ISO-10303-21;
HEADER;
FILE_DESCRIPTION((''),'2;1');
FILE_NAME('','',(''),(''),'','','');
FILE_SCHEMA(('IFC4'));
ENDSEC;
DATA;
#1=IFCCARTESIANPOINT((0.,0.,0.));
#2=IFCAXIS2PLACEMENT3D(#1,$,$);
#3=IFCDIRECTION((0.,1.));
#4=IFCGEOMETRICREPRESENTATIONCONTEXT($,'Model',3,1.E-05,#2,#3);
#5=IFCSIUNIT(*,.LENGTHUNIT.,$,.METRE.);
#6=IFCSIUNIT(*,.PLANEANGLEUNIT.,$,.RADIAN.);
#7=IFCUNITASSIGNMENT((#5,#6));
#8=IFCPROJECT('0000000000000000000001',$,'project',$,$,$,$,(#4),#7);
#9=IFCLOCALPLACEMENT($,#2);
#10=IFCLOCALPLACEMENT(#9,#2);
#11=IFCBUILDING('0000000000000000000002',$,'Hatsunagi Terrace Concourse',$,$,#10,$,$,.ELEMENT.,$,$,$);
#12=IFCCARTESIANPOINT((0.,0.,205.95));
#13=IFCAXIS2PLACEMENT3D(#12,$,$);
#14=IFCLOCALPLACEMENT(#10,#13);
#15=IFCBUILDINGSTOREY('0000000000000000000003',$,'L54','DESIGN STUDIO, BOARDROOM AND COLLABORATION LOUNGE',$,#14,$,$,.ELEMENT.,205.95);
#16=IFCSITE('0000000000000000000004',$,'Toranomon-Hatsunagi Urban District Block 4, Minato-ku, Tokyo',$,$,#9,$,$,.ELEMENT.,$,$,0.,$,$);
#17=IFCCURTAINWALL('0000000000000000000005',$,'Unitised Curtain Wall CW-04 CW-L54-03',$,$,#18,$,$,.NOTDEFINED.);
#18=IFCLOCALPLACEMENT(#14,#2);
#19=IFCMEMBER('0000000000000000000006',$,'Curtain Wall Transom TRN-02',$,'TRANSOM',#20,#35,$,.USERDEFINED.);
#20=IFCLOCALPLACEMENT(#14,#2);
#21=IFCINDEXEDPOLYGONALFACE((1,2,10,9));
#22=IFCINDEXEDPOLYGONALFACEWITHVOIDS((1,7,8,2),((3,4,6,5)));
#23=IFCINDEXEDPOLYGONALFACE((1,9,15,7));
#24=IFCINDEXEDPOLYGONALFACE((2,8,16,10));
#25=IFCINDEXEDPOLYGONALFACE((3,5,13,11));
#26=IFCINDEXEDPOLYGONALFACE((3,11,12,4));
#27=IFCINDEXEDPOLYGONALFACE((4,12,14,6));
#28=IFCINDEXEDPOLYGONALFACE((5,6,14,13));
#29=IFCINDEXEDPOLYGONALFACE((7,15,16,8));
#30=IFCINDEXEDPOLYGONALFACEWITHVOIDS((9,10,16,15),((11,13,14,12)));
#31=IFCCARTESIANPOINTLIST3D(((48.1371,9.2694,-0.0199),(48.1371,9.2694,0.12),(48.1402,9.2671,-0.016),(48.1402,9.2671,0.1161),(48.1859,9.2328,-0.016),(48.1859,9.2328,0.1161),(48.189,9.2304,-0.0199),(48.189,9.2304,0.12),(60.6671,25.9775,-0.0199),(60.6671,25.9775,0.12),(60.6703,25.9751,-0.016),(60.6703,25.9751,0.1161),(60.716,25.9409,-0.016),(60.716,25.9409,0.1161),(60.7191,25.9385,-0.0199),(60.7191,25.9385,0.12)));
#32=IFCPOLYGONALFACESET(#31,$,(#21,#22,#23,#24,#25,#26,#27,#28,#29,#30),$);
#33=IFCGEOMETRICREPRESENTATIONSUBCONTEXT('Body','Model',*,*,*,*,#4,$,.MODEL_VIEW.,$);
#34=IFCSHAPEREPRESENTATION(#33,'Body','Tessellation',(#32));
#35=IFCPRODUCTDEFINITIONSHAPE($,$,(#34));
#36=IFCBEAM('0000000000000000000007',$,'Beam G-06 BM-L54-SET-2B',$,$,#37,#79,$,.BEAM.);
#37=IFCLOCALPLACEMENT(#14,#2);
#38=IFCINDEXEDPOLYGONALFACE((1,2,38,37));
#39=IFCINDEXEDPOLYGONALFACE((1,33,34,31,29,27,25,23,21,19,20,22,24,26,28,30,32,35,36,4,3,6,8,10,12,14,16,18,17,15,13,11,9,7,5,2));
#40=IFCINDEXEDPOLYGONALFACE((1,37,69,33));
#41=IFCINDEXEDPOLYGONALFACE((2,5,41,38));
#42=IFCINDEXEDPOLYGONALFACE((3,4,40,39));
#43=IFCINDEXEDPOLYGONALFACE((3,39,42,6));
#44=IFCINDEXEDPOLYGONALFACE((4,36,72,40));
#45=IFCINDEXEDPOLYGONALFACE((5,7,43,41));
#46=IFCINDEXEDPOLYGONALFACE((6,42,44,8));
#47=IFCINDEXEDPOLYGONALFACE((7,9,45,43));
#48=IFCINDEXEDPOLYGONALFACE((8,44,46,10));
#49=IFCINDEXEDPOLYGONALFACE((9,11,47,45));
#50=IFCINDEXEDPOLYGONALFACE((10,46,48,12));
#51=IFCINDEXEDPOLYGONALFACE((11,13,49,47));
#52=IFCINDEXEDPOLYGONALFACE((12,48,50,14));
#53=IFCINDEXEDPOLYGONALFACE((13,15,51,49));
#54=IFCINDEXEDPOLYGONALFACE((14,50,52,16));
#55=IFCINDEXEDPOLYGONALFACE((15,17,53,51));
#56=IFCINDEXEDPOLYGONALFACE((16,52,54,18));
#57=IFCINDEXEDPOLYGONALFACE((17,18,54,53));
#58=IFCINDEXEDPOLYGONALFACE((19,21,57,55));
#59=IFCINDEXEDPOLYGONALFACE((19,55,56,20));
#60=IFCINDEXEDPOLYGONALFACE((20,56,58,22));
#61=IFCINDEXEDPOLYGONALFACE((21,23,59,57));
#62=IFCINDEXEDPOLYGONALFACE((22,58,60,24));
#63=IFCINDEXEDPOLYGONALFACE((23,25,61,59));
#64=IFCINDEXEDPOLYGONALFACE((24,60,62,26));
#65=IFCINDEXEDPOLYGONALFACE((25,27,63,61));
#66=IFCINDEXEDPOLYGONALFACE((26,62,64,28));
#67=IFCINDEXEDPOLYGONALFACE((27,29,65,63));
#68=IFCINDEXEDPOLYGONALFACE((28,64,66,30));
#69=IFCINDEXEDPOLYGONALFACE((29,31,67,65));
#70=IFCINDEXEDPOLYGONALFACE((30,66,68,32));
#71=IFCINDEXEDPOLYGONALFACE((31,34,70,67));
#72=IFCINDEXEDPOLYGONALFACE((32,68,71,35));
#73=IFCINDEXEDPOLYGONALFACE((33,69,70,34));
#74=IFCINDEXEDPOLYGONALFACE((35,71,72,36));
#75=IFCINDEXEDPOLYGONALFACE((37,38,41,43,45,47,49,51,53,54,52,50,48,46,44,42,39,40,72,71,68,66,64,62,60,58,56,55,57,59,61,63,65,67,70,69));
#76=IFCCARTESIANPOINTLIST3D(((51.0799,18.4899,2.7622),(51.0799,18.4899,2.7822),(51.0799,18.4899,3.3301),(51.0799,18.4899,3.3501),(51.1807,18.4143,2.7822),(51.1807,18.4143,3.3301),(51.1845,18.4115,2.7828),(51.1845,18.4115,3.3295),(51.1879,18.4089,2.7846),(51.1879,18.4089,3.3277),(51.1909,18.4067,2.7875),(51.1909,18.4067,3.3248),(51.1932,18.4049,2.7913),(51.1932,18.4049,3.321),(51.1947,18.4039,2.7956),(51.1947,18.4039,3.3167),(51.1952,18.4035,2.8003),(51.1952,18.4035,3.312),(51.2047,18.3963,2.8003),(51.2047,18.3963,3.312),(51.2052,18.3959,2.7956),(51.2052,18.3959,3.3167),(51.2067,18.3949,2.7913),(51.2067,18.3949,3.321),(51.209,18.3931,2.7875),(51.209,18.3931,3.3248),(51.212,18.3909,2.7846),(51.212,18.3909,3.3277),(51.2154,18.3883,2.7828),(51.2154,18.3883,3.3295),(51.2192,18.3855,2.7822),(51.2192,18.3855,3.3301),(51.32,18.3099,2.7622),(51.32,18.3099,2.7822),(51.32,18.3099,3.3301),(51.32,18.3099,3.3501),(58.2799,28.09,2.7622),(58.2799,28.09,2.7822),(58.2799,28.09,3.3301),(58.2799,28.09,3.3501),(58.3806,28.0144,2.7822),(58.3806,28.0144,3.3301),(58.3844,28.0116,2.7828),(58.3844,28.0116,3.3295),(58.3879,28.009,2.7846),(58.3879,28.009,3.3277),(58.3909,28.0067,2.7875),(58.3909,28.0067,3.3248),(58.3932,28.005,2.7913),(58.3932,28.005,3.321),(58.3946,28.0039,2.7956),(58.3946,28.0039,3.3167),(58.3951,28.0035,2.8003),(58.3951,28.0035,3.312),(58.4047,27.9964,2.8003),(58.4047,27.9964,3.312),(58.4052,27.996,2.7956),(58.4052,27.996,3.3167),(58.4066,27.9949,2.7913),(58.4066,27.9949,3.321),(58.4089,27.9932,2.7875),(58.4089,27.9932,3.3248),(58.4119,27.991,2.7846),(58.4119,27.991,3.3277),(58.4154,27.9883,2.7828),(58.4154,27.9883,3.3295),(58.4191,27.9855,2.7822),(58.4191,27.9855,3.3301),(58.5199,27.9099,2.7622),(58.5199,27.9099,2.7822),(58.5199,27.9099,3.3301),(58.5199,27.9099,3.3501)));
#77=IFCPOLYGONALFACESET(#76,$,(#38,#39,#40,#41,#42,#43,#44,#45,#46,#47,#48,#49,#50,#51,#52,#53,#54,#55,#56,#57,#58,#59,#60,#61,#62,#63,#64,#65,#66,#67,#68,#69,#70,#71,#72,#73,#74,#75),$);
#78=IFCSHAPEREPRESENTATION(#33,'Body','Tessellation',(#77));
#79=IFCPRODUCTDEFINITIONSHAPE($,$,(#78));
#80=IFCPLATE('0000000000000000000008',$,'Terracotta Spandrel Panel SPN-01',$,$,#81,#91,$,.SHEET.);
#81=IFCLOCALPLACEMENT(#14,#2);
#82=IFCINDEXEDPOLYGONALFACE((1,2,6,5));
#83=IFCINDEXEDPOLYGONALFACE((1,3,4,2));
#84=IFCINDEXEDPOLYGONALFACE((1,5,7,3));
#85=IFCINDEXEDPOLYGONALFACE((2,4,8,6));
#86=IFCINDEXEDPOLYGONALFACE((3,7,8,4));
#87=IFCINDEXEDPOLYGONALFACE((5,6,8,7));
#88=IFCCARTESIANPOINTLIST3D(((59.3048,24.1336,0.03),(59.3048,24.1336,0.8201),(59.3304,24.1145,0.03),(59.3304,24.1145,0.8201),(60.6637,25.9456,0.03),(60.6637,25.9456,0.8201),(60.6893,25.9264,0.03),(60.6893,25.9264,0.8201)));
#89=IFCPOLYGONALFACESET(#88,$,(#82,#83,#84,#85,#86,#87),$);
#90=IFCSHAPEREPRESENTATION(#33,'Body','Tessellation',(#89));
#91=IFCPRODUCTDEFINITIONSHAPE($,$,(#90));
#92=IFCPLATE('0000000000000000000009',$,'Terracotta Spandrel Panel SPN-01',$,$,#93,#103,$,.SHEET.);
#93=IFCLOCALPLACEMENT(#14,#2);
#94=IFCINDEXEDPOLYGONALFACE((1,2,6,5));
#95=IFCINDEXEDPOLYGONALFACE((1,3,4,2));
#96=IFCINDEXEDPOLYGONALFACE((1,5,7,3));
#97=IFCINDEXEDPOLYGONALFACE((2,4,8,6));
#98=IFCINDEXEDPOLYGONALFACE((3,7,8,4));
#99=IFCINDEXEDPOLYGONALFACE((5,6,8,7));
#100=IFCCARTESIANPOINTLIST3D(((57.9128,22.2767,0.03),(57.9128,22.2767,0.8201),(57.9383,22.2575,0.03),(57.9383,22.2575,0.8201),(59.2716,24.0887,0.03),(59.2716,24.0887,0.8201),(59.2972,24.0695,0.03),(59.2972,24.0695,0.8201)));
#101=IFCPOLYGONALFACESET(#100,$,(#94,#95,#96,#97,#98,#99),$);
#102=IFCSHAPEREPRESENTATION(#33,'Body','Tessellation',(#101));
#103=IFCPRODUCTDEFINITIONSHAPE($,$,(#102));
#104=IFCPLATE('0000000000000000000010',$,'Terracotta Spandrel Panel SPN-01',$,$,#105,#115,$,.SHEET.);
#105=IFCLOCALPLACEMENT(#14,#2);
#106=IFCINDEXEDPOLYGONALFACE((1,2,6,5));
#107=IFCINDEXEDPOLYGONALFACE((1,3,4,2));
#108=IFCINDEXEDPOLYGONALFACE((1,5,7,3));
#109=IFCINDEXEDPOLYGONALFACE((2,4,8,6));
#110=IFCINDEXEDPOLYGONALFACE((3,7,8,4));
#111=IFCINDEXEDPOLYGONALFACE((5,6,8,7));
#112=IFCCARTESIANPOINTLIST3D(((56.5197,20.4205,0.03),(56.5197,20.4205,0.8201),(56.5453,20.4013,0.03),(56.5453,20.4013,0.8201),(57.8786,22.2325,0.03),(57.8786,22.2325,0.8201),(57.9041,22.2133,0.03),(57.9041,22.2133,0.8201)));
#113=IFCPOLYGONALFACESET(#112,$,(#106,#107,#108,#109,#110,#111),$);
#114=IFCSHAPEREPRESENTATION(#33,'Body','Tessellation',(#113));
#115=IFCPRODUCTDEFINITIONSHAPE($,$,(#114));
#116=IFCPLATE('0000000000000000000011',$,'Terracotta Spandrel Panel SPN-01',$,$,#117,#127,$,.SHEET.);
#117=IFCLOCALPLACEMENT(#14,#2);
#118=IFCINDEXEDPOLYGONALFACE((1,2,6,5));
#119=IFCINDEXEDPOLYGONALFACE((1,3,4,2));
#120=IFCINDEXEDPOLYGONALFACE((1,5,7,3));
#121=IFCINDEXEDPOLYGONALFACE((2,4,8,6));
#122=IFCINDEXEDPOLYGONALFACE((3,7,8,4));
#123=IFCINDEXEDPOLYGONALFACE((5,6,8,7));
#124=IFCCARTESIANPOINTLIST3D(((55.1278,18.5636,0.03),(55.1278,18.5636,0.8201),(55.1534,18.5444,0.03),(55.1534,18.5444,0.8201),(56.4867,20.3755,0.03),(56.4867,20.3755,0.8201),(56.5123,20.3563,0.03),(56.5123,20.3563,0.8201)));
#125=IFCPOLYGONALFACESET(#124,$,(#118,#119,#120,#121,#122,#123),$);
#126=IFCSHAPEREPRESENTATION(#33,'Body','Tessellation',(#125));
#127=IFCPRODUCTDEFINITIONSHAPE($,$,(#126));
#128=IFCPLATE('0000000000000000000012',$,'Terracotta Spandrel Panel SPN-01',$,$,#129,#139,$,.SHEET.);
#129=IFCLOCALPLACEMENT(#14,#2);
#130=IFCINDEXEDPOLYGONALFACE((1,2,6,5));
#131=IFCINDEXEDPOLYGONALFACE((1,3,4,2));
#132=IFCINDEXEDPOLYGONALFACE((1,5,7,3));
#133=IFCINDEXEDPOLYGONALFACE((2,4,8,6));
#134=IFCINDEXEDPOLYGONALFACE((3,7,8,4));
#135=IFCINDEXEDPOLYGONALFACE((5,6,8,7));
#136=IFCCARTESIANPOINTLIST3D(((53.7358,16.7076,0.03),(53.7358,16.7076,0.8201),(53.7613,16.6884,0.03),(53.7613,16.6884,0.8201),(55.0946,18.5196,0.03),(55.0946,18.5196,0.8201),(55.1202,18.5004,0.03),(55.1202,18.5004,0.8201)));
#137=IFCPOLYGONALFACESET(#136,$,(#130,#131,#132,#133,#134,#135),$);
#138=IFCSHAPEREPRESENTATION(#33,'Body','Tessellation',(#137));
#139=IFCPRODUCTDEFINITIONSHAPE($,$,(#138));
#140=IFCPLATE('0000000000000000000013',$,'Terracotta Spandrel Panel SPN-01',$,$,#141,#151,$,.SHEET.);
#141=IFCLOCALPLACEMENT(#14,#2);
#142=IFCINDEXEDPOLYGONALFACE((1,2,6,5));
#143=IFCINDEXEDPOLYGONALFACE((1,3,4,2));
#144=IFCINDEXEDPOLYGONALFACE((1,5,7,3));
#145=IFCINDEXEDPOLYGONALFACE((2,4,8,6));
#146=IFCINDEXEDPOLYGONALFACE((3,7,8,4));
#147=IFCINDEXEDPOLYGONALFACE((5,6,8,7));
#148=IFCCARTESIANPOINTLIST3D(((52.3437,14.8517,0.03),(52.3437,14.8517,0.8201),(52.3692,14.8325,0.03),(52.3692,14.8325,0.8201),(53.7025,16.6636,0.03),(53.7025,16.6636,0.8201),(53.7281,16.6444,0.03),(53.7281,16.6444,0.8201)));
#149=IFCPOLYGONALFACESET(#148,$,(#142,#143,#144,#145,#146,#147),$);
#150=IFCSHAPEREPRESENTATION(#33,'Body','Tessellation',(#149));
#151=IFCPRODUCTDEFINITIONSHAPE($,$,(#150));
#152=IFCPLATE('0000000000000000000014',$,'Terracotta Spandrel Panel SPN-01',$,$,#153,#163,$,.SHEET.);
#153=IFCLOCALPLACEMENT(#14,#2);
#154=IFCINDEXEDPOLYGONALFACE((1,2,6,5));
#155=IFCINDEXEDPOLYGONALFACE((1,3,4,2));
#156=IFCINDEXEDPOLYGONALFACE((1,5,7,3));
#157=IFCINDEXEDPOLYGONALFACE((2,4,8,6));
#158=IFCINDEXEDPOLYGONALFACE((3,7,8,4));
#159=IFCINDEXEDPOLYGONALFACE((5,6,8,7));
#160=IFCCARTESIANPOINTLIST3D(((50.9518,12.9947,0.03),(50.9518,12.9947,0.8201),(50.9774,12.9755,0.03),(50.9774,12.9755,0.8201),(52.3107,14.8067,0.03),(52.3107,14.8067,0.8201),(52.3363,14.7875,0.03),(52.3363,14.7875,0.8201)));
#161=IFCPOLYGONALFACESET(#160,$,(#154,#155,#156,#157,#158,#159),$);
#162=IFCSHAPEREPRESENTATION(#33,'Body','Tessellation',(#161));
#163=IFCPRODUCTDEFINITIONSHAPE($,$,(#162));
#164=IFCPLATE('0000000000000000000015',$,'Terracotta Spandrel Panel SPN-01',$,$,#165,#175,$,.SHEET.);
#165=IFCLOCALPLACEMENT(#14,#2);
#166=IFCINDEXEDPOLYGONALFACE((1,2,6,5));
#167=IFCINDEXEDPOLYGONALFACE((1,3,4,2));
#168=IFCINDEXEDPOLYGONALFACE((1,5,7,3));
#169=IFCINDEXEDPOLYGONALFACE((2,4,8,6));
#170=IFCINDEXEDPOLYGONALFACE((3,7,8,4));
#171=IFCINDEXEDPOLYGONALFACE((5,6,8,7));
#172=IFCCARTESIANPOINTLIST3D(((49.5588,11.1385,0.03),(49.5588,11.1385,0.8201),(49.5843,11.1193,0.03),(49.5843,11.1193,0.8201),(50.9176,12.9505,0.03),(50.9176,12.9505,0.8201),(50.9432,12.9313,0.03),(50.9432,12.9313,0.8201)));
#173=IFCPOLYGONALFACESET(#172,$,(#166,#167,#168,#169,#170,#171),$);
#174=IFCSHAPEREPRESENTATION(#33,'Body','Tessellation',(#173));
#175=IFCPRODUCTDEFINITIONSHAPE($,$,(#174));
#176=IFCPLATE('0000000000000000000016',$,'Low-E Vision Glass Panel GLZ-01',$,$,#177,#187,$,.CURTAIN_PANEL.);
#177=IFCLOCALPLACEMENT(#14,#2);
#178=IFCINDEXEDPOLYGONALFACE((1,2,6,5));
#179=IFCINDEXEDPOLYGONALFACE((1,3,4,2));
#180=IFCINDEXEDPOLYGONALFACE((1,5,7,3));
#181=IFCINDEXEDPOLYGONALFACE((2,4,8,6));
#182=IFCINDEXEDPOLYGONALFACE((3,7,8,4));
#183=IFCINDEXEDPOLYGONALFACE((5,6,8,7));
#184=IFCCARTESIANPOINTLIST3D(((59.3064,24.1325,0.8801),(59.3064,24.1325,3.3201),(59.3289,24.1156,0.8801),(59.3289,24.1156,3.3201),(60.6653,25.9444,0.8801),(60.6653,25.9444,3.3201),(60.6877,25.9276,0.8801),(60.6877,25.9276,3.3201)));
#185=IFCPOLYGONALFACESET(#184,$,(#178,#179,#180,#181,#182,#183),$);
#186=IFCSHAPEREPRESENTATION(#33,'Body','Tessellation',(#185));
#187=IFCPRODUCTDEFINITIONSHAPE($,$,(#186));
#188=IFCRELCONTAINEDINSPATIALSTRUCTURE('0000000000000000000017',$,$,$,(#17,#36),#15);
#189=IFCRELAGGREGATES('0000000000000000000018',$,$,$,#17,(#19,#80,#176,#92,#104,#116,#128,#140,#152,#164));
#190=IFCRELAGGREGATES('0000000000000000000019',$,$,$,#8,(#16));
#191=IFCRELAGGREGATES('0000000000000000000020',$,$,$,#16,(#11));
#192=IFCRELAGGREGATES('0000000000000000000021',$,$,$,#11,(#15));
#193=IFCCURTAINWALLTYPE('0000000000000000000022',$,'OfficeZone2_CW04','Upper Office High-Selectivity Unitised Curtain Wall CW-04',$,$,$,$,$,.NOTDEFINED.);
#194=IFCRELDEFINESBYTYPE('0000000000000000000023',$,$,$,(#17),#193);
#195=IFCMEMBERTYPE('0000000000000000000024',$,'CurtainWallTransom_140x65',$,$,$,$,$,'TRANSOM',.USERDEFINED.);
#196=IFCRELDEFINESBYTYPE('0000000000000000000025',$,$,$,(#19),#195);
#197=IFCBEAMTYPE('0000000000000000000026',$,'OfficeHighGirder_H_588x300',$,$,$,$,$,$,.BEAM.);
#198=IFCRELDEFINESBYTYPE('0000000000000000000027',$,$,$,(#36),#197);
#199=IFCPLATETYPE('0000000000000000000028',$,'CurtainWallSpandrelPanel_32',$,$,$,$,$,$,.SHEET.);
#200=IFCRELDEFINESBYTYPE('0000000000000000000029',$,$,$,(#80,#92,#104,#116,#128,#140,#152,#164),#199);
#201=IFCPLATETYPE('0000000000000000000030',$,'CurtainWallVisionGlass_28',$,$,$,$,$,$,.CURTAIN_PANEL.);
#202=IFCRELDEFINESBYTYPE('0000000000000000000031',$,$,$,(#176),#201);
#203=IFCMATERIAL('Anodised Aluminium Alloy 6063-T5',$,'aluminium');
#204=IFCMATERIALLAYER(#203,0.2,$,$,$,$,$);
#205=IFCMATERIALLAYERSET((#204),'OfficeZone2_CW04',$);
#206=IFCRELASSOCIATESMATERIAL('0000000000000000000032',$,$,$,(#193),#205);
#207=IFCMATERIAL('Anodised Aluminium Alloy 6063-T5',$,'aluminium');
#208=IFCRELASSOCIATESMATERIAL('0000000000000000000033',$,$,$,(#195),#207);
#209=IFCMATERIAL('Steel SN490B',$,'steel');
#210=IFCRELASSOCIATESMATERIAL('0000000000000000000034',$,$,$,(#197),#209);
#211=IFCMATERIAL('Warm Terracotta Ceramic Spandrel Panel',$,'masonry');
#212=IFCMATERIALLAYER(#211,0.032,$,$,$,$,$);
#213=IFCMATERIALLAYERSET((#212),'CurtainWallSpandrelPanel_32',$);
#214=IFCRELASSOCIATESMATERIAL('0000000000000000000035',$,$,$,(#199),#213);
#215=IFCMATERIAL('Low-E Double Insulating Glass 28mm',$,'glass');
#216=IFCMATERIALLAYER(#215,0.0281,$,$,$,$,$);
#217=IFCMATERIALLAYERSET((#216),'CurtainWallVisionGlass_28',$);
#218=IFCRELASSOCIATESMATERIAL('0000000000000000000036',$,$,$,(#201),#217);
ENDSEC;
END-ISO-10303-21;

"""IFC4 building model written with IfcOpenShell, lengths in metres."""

from ifc_helpers import new_model, si_unit, direction, frame, origin, origin_2d, place, context, subcontext, project, spatial, rectangle, hollow_rectangle, i_section, extrude, material, layer, layer_set, material_profile, profile_set, type_object, element, aggregate, save


model = new_model("IFC4")

# Units and contexts
model_context = context("Model", 3, precision=1e-05, world=origin(), true_north=direction((0.0, 1.0)))
body_context = subcontext(model_context, "Body", "Model", "MODEL_VIEW")
ifc_project = project(units=[si_unit("LENGTHUNIT", "METRE"), si_unit("PLANEANGLEUNIT", "RADIAN")], contexts=[model_context])

# Site, building, storey
site_placement = place(None, origin())
site = spatial("IfcSite", under=ifc_project, at=site_placement, Name="Toranomon-Hatsunagi Urban District Block 4, Minato-ku, Tokyo", CompositionType="ELEMENT", RefElevation=0.0)
building_placement = place(site_placement, origin())
building = spatial("IfcBuilding", under=site, at=building_placement, Name="Hatsunagi Terrace Concourse", CompositionType="ELEMENT")
storey_placement = place(building_placement, frame((0.0, 0.0, 205.95)))
storey = spatial("IfcBuildingStorey", under=building, at=storey_placement, Name="L54", Description="DESIGN STUDIO, BOARDROOM AND COLLABORATION LOUNGE", CompositionType="ELEMENT", Elevation=205.95)

# Curtain wall, member
ifc_material_1 = material(Name="Anodised Aluminium Alloy 6063-T5", Category="aluminium")
ifc_layer_1 = layer(ifc_material_1, 0.2)
ifc_layer_set_1 = layer_set([ifc_layer_1], Name="OfficeZone2_CW04")
curtain_wall_type = type_object("IfcCurtainWallType", Name="OfficeZone2_CW04", Description="Upper Office High-Selectivity Unitised Curtain Wall CW-04", PredefinedType="NOTDEFINED", material=ifc_layer_set_1)
curtain_wall_placement = place(storey_placement, origin())
curtain_wall = element("IfcCurtainWall", 1, at=curtain_wall_placement, inside=storey, type_object=curtain_wall_type, Name="Unitised Curtain Wall CW-04 CW-L54-03", PredefinedType="NOTDEFINED")
ifc_material_2 = material(Name="Anodised Aluminium Alloy 6063-T5", Category="aluminium")
ifc_material_profile_1 = material_profile(ifc_material_2, hollow_rectangle(XDim=0.0649, YDim=0.1399, WallThickness=0.0039, at=origin_2d()), Name="ALU-TRN-140x65x4")
ifc_profile_set_1 = profile_set([ifc_material_profile_1], Name="Anodised Aluminium Alloy 6063-T5")
member_type_1 = type_object("IfcMemberType", Name="CurtainWallTransom_140x65", ElementType="TRANSOM", PredefinedType="USERDEFINED", material=ifc_profile_set_1)
member_1_placement = place(storey_placement, frame((60.6931, 25.958, 0.05), z_axis=(-0.59997, -0.800022, 0.0), x_axis=(0.800022, -0.59997, 0.0)))
member_1 = element("IfcMember", 2, at=member_1_placement, type_object=member_type_1, Name="Curtain Wall Transom TRN-02", ObjectType="TRANSOM", PredefinedType="USERDEFINED", context=body_context, shape_type="SweptSolid", body=[
    extrude(hollow_rectangle(XDim=0.0649, YDim=0.1399, WallThickness=0.0039, at=origin_2d()), origin(), (0.0, 0.0, 1.0), 20.8845),
])

# Beam
ifc_material_3 = material(Name="Steel SN490B", Category="steel")
ifc_material_profile_2 = material_profile(ifc_material_3, i_section(OverallWidth=0.3, OverallDepth=0.5879, WebThickness=0.012, FlangeThickness=0.02, FilletRadius=0.0181, at=origin_2d()), Name="H-588x300x12x20")
ifc_profile_set_2 = profile_set([ifc_material_profile_2], Name="Steel SN490B")
beam_type = type_object("IfcBeamType", Name="OfficeHighGirder_H_588x300", PredefinedType="BEAM", material=ifc_profile_set_2)
beam_placement = place(storey_placement, frame((51.2, 18.3999, 3.0562), z_axis=(0.599993, 0.800005, 0.0), x_axis=(-0.800005, 0.599993, 0.0)))
element("IfcBeam", 3, at=beam_placement, inside=storey, type_object=beam_type, Name="Beam G-06 BM-L54-SET-2B", PredefinedType="BEAM", context=body_context, shape_type="SweptSolid", body=[
    extrude(i_section(OverallWidth=0.3, OverallDepth=0.5879, WebThickness=0.012, FlangeThickness=0.02, FilletRadius=0.0181, at=origin_2d()), origin(), (0.0, 0.0, 1.0), 12.0),
])

# Plates
ifc_material_4 = material(Name="Warm Terracotta Ceramic Spandrel Panel", Category="masonry")
ifc_layer_2 = layer(ifc_material_4, 0.032)
ifc_layer_set_2 = layer_set([ifc_layer_2], Name="CurtainWallSpandrelPanel_32")
plate_type_1 = type_object("IfcPlateType", Name="CurtainWallSpandrelPanel_32", PredefinedType="SHEET", material=ifc_layer_set_2)
plate_1_placement = place(storey_placement, frame((59.9971, 25.03, 0.03), z_axis=(0.0, 0.0, 1.0), x_axis=(-0.599969, -0.800023, 0.0)))
plate_1 = element("IfcPlate", 4, at=plate_1_placement, type_object=plate_type_1, Name="Terracotta Spandrel Panel SPN-01", PredefinedType="SHEET", context=body_context, shape_type="SweptSolid", body=[
    extrude(rectangle(XDim=2.2649, YDim=0.032, at=origin_2d()), origin(), (0.0, 0.0, 1.0), 0.79),
])
plate_2_placement = place(storey_placement, frame((58.605, 23.1731, 0.03), z_axis=(0.0, 0.0, 1.0), x_axis=(-0.599969, -0.800023, 0.0)))
plate_2 = element("IfcPlate", 5, at=plate_2_placement, type_object=plate_type_1, Name="Terracotta Spandrel Panel SPN-01", PredefinedType="SHEET", context=body_context, shape_type="SweptSolid", body=[
    extrude(rectangle(XDim=2.2649, YDim=0.032, at=origin_2d()), origin(), (0.0, 0.0, 1.0), 0.79),
])
plate_3_placement = place(storey_placement, frame((57.2119, 21.3169, 0.03), z_axis=(0.0, 0.0, 1.0), x_axis=(-0.599969, -0.800023, 0.0)))
plate_3 = element("IfcPlate", 6, at=plate_3_placement, type_object=plate_type_1, Name="Terracotta Spandrel Panel SPN-01", PredefinedType="SHEET", context=body_context, shape_type="SweptSolid", body=[
    extrude(rectangle(XDim=2.2649, YDim=0.032, at=origin_2d()), origin(), (0.0, 0.0, 1.0), 0.79),
])
plate_4_placement = place(storey_placement, frame((55.8201, 19.46, 0.03), z_axis=(0.0, 0.0, 1.0), x_axis=(-0.599969, -0.800023, 0.0)))
plate_4 = element("IfcPlate", 7, at=plate_4_placement, type_object=plate_type_1, Name="Terracotta Spandrel Panel SPN-01", PredefinedType="SHEET", context=body_context, shape_type="SweptSolid", body=[
    extrude(rectangle(XDim=2.2649, YDim=0.032, at=origin_2d()), origin(), (0.0, 0.0, 1.0), 0.79),
])
plate_5_placement = place(storey_placement, frame((54.428, 17.604, 0.03), z_axis=(0.0, 0.0, 1.0), x_axis=(-0.599969, -0.800023, 0.0)))
plate_5 = element("IfcPlate", 8, at=plate_5_placement, type_object=plate_type_1, Name="Terracotta Spandrel Panel SPN-01", PredefinedType="SHEET", context=body_context, shape_type="SweptSolid", body=[
    extrude(rectangle(XDim=2.2649, YDim=0.032, at=origin_2d()), origin(), (0.0, 0.0, 1.0), 0.79),
])
plate_6_placement = place(storey_placement, frame((53.0359, 15.748, 0.03), z_axis=(0.0, 0.0, 1.0), x_axis=(-0.599969, -0.800023, 0.0)))
plate_6 = element("IfcPlate", 9, at=plate_6_placement, type_object=plate_type_1, Name="Terracotta Spandrel Panel SPN-01", PredefinedType="SHEET", context=body_context, shape_type="SweptSolid", body=[
    extrude(rectangle(XDim=2.2649, YDim=0.032, at=origin_2d()), origin(), (0.0, 0.0, 1.0), 0.79),
])
plate_7_placement = place(storey_placement, frame((51.644, 13.8911, 0.03), z_axis=(0.0, 0.0, 1.0), x_axis=(-0.599969, -0.800023, 0.0)))
plate_7 = element("IfcPlate", 10, at=plate_7_placement, type_object=plate_type_1, Name="Terracotta Spandrel Panel SPN-01", PredefinedType="SHEET", context=body_context, shape_type="SweptSolid", body=[
    extrude(rectangle(XDim=2.2649, YDim=0.032, at=origin_2d()), origin(), (0.0, 0.0, 1.0), 0.79),
])
plate_8_placement = place(storey_placement, frame((50.251, 12.0349, 0.03), z_axis=(0.0, 0.0, 1.0), x_axis=(-0.599969, -0.800023, 0.0)))
plate_8 = element("IfcPlate", 11, at=plate_8_placement, type_object=plate_type_1, Name="Terracotta Spandrel Panel SPN-01", PredefinedType="SHEET", context=body_context, shape_type="SweptSolid", body=[
    extrude(rectangle(XDim=2.2649, YDim=0.032, at=origin_2d()), origin(), (0.0, 0.0, 1.0), 0.79),
])
ifc_material_5 = material(Name="Low-E Double Insulating Glass 28mm", Category="glass")
ifc_layer_3 = layer(ifc_material_5, 0.0281)
ifc_layer_set_3 = layer_set([ifc_layer_3], Name="CurtainWallVisionGlass_28")
plate_type_2 = type_object("IfcPlateType", Name="CurtainWallVisionGlass_28", PredefinedType="CURTAIN_PANEL", material=ifc_layer_set_3)
plate_9_placement = place(storey_placement, frame((59.9971, 25.03, 0.8801), z_axis=(0.0, 0.0, 1.0), x_axis=(-0.599969, -0.800023, 0.0)))
plate_9 = element("IfcPlate", 12, at=plate_9_placement, type_object=plate_type_2, Name="Low-E Vision Glass Panel GLZ-01", PredefinedType="CURTAIN_PANEL", context=body_context, shape_type="SweptSolid", body=[
    extrude(rectangle(XDim=2.2649, YDim=0.0281, at=origin_2d()), origin(), (0.0, 0.0, 1.0), 2.4399),
])
aggregate(curtain_wall, [member_1, plate_1, plate_9, plate_2, plate_3, plate_4, plate_5, plate_6, plate_7, plate_8])

save(model, "model.ifc")
